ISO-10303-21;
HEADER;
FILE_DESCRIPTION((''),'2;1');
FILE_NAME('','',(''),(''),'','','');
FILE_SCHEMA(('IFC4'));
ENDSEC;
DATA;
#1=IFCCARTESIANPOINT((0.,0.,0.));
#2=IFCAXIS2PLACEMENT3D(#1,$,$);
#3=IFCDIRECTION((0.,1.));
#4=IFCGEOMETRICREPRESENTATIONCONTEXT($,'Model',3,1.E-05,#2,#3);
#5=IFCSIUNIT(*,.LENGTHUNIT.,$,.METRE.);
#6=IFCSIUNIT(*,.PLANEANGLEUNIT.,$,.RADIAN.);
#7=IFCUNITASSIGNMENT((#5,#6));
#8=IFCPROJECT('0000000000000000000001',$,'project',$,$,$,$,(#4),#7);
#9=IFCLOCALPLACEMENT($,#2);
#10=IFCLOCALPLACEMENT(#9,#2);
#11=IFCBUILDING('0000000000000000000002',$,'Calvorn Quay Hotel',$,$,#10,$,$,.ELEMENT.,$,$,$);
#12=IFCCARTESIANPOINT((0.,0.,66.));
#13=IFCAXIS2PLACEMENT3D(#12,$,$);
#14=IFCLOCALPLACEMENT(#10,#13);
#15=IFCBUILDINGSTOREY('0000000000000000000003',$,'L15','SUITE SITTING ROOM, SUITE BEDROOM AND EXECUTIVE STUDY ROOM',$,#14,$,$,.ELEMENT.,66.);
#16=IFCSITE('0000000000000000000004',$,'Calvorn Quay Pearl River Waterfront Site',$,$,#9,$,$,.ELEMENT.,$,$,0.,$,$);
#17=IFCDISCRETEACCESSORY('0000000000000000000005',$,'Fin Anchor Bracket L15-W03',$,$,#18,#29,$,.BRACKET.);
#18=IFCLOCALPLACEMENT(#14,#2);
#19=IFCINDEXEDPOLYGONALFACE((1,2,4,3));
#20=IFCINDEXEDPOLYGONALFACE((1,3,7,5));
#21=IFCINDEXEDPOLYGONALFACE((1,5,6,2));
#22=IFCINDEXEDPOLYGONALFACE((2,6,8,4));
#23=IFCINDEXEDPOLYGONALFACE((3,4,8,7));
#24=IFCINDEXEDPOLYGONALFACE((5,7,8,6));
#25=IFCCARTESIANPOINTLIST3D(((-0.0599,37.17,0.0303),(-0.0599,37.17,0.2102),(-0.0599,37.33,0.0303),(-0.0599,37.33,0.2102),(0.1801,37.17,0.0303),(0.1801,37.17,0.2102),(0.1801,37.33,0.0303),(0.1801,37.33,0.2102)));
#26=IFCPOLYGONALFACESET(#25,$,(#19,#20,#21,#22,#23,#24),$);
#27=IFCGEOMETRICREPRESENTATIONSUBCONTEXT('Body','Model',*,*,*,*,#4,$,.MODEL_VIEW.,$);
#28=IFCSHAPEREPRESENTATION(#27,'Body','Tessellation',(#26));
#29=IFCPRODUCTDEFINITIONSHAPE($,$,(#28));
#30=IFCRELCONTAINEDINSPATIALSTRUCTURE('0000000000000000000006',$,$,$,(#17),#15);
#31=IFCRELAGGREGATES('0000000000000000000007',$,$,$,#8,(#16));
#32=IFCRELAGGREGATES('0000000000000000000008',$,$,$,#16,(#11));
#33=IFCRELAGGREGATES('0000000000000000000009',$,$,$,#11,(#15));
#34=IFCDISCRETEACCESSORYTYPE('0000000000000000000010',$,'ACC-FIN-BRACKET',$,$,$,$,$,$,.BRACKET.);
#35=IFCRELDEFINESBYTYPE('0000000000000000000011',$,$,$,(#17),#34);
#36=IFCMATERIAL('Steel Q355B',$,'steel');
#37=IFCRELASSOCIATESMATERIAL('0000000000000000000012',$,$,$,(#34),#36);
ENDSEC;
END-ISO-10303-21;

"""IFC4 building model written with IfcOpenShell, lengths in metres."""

from ifc_helpers import new_model, si_unit, direction, frame, origin, origin_2d, place, context, subcontext, project, spatial, rectangle, extrude, material, type_object, element, save


model = new_model("IFC4")

# Units and contexts
model_context = context("Model", 3, precision=1e-05, world=origin(), true_north=direction((0.0, 1.0)))
body_context = subcontext(model_context, "Body", "Model", "MODEL_VIEW")
ifc_project = project(units=[si_unit("LENGTHUNIT", "METRE"), si_unit("PLANEANGLEUNIT", "RADIAN")], contexts=[model_context])

# Site, building, storey
site_placement = place(None, origin())
site = spatial("IfcSite", under=ifc_project, at=site_placement, Name="Calvorn Quay Pearl River Waterfront Site", CompositionType="ELEMENT", RefElevation=0.0)
building_placement = place(site_placement, origin())
building = spatial("IfcBuilding", under=site, at=building_placement, Name="Calvorn Quay Hotel", CompositionType="ELEMENT")
storey_placement = place(building_placement, frame((0.0, 0.0, 66.0)))
storey = spatial("IfcBuildingStorey", under=building, at=storey_placement, Name="L15", Description="SUITE SITTING ROOM, SUITE BEDROOM AND EXECUTIVE STUDY ROOM", CompositionType="ELEMENT", Elevation=66.0)

# Discrete accessory
ifc_material_1 = material(Name="Steel Q355B", Category="steel")
discrete_accessory_type = type_object("IfcDiscreteAccessoryType", Name="ACC-FIN-BRACKET", PredefinedType="BRACKET", material=ifc_material_1)
for number, where, z_axis, x_axis, name in (
    (1, (0.0601, 37.25, 0.0303), (0.0, 0.0, 1.0), (1.0, 0.0, 0.0), "Fin Anchor Bracket L15-W03"),
):
    element("IfcDiscreteAccessory", number, at=place(storey_placement, frame(where, z_axis=z_axis, x_axis=x_axis)), inside=storey, type_object=discrete_accessory_type, Name=name, PredefinedType="BRACKET", context=body_context, shape_type="SweptSolid", body=[
        extrude(rectangle(XDim=0.24, YDim=0.1599, at=origin_2d()), origin(), (0.0, 0.0, 1.0), 0.1799),
    ])

save(model, "model.ifc")
